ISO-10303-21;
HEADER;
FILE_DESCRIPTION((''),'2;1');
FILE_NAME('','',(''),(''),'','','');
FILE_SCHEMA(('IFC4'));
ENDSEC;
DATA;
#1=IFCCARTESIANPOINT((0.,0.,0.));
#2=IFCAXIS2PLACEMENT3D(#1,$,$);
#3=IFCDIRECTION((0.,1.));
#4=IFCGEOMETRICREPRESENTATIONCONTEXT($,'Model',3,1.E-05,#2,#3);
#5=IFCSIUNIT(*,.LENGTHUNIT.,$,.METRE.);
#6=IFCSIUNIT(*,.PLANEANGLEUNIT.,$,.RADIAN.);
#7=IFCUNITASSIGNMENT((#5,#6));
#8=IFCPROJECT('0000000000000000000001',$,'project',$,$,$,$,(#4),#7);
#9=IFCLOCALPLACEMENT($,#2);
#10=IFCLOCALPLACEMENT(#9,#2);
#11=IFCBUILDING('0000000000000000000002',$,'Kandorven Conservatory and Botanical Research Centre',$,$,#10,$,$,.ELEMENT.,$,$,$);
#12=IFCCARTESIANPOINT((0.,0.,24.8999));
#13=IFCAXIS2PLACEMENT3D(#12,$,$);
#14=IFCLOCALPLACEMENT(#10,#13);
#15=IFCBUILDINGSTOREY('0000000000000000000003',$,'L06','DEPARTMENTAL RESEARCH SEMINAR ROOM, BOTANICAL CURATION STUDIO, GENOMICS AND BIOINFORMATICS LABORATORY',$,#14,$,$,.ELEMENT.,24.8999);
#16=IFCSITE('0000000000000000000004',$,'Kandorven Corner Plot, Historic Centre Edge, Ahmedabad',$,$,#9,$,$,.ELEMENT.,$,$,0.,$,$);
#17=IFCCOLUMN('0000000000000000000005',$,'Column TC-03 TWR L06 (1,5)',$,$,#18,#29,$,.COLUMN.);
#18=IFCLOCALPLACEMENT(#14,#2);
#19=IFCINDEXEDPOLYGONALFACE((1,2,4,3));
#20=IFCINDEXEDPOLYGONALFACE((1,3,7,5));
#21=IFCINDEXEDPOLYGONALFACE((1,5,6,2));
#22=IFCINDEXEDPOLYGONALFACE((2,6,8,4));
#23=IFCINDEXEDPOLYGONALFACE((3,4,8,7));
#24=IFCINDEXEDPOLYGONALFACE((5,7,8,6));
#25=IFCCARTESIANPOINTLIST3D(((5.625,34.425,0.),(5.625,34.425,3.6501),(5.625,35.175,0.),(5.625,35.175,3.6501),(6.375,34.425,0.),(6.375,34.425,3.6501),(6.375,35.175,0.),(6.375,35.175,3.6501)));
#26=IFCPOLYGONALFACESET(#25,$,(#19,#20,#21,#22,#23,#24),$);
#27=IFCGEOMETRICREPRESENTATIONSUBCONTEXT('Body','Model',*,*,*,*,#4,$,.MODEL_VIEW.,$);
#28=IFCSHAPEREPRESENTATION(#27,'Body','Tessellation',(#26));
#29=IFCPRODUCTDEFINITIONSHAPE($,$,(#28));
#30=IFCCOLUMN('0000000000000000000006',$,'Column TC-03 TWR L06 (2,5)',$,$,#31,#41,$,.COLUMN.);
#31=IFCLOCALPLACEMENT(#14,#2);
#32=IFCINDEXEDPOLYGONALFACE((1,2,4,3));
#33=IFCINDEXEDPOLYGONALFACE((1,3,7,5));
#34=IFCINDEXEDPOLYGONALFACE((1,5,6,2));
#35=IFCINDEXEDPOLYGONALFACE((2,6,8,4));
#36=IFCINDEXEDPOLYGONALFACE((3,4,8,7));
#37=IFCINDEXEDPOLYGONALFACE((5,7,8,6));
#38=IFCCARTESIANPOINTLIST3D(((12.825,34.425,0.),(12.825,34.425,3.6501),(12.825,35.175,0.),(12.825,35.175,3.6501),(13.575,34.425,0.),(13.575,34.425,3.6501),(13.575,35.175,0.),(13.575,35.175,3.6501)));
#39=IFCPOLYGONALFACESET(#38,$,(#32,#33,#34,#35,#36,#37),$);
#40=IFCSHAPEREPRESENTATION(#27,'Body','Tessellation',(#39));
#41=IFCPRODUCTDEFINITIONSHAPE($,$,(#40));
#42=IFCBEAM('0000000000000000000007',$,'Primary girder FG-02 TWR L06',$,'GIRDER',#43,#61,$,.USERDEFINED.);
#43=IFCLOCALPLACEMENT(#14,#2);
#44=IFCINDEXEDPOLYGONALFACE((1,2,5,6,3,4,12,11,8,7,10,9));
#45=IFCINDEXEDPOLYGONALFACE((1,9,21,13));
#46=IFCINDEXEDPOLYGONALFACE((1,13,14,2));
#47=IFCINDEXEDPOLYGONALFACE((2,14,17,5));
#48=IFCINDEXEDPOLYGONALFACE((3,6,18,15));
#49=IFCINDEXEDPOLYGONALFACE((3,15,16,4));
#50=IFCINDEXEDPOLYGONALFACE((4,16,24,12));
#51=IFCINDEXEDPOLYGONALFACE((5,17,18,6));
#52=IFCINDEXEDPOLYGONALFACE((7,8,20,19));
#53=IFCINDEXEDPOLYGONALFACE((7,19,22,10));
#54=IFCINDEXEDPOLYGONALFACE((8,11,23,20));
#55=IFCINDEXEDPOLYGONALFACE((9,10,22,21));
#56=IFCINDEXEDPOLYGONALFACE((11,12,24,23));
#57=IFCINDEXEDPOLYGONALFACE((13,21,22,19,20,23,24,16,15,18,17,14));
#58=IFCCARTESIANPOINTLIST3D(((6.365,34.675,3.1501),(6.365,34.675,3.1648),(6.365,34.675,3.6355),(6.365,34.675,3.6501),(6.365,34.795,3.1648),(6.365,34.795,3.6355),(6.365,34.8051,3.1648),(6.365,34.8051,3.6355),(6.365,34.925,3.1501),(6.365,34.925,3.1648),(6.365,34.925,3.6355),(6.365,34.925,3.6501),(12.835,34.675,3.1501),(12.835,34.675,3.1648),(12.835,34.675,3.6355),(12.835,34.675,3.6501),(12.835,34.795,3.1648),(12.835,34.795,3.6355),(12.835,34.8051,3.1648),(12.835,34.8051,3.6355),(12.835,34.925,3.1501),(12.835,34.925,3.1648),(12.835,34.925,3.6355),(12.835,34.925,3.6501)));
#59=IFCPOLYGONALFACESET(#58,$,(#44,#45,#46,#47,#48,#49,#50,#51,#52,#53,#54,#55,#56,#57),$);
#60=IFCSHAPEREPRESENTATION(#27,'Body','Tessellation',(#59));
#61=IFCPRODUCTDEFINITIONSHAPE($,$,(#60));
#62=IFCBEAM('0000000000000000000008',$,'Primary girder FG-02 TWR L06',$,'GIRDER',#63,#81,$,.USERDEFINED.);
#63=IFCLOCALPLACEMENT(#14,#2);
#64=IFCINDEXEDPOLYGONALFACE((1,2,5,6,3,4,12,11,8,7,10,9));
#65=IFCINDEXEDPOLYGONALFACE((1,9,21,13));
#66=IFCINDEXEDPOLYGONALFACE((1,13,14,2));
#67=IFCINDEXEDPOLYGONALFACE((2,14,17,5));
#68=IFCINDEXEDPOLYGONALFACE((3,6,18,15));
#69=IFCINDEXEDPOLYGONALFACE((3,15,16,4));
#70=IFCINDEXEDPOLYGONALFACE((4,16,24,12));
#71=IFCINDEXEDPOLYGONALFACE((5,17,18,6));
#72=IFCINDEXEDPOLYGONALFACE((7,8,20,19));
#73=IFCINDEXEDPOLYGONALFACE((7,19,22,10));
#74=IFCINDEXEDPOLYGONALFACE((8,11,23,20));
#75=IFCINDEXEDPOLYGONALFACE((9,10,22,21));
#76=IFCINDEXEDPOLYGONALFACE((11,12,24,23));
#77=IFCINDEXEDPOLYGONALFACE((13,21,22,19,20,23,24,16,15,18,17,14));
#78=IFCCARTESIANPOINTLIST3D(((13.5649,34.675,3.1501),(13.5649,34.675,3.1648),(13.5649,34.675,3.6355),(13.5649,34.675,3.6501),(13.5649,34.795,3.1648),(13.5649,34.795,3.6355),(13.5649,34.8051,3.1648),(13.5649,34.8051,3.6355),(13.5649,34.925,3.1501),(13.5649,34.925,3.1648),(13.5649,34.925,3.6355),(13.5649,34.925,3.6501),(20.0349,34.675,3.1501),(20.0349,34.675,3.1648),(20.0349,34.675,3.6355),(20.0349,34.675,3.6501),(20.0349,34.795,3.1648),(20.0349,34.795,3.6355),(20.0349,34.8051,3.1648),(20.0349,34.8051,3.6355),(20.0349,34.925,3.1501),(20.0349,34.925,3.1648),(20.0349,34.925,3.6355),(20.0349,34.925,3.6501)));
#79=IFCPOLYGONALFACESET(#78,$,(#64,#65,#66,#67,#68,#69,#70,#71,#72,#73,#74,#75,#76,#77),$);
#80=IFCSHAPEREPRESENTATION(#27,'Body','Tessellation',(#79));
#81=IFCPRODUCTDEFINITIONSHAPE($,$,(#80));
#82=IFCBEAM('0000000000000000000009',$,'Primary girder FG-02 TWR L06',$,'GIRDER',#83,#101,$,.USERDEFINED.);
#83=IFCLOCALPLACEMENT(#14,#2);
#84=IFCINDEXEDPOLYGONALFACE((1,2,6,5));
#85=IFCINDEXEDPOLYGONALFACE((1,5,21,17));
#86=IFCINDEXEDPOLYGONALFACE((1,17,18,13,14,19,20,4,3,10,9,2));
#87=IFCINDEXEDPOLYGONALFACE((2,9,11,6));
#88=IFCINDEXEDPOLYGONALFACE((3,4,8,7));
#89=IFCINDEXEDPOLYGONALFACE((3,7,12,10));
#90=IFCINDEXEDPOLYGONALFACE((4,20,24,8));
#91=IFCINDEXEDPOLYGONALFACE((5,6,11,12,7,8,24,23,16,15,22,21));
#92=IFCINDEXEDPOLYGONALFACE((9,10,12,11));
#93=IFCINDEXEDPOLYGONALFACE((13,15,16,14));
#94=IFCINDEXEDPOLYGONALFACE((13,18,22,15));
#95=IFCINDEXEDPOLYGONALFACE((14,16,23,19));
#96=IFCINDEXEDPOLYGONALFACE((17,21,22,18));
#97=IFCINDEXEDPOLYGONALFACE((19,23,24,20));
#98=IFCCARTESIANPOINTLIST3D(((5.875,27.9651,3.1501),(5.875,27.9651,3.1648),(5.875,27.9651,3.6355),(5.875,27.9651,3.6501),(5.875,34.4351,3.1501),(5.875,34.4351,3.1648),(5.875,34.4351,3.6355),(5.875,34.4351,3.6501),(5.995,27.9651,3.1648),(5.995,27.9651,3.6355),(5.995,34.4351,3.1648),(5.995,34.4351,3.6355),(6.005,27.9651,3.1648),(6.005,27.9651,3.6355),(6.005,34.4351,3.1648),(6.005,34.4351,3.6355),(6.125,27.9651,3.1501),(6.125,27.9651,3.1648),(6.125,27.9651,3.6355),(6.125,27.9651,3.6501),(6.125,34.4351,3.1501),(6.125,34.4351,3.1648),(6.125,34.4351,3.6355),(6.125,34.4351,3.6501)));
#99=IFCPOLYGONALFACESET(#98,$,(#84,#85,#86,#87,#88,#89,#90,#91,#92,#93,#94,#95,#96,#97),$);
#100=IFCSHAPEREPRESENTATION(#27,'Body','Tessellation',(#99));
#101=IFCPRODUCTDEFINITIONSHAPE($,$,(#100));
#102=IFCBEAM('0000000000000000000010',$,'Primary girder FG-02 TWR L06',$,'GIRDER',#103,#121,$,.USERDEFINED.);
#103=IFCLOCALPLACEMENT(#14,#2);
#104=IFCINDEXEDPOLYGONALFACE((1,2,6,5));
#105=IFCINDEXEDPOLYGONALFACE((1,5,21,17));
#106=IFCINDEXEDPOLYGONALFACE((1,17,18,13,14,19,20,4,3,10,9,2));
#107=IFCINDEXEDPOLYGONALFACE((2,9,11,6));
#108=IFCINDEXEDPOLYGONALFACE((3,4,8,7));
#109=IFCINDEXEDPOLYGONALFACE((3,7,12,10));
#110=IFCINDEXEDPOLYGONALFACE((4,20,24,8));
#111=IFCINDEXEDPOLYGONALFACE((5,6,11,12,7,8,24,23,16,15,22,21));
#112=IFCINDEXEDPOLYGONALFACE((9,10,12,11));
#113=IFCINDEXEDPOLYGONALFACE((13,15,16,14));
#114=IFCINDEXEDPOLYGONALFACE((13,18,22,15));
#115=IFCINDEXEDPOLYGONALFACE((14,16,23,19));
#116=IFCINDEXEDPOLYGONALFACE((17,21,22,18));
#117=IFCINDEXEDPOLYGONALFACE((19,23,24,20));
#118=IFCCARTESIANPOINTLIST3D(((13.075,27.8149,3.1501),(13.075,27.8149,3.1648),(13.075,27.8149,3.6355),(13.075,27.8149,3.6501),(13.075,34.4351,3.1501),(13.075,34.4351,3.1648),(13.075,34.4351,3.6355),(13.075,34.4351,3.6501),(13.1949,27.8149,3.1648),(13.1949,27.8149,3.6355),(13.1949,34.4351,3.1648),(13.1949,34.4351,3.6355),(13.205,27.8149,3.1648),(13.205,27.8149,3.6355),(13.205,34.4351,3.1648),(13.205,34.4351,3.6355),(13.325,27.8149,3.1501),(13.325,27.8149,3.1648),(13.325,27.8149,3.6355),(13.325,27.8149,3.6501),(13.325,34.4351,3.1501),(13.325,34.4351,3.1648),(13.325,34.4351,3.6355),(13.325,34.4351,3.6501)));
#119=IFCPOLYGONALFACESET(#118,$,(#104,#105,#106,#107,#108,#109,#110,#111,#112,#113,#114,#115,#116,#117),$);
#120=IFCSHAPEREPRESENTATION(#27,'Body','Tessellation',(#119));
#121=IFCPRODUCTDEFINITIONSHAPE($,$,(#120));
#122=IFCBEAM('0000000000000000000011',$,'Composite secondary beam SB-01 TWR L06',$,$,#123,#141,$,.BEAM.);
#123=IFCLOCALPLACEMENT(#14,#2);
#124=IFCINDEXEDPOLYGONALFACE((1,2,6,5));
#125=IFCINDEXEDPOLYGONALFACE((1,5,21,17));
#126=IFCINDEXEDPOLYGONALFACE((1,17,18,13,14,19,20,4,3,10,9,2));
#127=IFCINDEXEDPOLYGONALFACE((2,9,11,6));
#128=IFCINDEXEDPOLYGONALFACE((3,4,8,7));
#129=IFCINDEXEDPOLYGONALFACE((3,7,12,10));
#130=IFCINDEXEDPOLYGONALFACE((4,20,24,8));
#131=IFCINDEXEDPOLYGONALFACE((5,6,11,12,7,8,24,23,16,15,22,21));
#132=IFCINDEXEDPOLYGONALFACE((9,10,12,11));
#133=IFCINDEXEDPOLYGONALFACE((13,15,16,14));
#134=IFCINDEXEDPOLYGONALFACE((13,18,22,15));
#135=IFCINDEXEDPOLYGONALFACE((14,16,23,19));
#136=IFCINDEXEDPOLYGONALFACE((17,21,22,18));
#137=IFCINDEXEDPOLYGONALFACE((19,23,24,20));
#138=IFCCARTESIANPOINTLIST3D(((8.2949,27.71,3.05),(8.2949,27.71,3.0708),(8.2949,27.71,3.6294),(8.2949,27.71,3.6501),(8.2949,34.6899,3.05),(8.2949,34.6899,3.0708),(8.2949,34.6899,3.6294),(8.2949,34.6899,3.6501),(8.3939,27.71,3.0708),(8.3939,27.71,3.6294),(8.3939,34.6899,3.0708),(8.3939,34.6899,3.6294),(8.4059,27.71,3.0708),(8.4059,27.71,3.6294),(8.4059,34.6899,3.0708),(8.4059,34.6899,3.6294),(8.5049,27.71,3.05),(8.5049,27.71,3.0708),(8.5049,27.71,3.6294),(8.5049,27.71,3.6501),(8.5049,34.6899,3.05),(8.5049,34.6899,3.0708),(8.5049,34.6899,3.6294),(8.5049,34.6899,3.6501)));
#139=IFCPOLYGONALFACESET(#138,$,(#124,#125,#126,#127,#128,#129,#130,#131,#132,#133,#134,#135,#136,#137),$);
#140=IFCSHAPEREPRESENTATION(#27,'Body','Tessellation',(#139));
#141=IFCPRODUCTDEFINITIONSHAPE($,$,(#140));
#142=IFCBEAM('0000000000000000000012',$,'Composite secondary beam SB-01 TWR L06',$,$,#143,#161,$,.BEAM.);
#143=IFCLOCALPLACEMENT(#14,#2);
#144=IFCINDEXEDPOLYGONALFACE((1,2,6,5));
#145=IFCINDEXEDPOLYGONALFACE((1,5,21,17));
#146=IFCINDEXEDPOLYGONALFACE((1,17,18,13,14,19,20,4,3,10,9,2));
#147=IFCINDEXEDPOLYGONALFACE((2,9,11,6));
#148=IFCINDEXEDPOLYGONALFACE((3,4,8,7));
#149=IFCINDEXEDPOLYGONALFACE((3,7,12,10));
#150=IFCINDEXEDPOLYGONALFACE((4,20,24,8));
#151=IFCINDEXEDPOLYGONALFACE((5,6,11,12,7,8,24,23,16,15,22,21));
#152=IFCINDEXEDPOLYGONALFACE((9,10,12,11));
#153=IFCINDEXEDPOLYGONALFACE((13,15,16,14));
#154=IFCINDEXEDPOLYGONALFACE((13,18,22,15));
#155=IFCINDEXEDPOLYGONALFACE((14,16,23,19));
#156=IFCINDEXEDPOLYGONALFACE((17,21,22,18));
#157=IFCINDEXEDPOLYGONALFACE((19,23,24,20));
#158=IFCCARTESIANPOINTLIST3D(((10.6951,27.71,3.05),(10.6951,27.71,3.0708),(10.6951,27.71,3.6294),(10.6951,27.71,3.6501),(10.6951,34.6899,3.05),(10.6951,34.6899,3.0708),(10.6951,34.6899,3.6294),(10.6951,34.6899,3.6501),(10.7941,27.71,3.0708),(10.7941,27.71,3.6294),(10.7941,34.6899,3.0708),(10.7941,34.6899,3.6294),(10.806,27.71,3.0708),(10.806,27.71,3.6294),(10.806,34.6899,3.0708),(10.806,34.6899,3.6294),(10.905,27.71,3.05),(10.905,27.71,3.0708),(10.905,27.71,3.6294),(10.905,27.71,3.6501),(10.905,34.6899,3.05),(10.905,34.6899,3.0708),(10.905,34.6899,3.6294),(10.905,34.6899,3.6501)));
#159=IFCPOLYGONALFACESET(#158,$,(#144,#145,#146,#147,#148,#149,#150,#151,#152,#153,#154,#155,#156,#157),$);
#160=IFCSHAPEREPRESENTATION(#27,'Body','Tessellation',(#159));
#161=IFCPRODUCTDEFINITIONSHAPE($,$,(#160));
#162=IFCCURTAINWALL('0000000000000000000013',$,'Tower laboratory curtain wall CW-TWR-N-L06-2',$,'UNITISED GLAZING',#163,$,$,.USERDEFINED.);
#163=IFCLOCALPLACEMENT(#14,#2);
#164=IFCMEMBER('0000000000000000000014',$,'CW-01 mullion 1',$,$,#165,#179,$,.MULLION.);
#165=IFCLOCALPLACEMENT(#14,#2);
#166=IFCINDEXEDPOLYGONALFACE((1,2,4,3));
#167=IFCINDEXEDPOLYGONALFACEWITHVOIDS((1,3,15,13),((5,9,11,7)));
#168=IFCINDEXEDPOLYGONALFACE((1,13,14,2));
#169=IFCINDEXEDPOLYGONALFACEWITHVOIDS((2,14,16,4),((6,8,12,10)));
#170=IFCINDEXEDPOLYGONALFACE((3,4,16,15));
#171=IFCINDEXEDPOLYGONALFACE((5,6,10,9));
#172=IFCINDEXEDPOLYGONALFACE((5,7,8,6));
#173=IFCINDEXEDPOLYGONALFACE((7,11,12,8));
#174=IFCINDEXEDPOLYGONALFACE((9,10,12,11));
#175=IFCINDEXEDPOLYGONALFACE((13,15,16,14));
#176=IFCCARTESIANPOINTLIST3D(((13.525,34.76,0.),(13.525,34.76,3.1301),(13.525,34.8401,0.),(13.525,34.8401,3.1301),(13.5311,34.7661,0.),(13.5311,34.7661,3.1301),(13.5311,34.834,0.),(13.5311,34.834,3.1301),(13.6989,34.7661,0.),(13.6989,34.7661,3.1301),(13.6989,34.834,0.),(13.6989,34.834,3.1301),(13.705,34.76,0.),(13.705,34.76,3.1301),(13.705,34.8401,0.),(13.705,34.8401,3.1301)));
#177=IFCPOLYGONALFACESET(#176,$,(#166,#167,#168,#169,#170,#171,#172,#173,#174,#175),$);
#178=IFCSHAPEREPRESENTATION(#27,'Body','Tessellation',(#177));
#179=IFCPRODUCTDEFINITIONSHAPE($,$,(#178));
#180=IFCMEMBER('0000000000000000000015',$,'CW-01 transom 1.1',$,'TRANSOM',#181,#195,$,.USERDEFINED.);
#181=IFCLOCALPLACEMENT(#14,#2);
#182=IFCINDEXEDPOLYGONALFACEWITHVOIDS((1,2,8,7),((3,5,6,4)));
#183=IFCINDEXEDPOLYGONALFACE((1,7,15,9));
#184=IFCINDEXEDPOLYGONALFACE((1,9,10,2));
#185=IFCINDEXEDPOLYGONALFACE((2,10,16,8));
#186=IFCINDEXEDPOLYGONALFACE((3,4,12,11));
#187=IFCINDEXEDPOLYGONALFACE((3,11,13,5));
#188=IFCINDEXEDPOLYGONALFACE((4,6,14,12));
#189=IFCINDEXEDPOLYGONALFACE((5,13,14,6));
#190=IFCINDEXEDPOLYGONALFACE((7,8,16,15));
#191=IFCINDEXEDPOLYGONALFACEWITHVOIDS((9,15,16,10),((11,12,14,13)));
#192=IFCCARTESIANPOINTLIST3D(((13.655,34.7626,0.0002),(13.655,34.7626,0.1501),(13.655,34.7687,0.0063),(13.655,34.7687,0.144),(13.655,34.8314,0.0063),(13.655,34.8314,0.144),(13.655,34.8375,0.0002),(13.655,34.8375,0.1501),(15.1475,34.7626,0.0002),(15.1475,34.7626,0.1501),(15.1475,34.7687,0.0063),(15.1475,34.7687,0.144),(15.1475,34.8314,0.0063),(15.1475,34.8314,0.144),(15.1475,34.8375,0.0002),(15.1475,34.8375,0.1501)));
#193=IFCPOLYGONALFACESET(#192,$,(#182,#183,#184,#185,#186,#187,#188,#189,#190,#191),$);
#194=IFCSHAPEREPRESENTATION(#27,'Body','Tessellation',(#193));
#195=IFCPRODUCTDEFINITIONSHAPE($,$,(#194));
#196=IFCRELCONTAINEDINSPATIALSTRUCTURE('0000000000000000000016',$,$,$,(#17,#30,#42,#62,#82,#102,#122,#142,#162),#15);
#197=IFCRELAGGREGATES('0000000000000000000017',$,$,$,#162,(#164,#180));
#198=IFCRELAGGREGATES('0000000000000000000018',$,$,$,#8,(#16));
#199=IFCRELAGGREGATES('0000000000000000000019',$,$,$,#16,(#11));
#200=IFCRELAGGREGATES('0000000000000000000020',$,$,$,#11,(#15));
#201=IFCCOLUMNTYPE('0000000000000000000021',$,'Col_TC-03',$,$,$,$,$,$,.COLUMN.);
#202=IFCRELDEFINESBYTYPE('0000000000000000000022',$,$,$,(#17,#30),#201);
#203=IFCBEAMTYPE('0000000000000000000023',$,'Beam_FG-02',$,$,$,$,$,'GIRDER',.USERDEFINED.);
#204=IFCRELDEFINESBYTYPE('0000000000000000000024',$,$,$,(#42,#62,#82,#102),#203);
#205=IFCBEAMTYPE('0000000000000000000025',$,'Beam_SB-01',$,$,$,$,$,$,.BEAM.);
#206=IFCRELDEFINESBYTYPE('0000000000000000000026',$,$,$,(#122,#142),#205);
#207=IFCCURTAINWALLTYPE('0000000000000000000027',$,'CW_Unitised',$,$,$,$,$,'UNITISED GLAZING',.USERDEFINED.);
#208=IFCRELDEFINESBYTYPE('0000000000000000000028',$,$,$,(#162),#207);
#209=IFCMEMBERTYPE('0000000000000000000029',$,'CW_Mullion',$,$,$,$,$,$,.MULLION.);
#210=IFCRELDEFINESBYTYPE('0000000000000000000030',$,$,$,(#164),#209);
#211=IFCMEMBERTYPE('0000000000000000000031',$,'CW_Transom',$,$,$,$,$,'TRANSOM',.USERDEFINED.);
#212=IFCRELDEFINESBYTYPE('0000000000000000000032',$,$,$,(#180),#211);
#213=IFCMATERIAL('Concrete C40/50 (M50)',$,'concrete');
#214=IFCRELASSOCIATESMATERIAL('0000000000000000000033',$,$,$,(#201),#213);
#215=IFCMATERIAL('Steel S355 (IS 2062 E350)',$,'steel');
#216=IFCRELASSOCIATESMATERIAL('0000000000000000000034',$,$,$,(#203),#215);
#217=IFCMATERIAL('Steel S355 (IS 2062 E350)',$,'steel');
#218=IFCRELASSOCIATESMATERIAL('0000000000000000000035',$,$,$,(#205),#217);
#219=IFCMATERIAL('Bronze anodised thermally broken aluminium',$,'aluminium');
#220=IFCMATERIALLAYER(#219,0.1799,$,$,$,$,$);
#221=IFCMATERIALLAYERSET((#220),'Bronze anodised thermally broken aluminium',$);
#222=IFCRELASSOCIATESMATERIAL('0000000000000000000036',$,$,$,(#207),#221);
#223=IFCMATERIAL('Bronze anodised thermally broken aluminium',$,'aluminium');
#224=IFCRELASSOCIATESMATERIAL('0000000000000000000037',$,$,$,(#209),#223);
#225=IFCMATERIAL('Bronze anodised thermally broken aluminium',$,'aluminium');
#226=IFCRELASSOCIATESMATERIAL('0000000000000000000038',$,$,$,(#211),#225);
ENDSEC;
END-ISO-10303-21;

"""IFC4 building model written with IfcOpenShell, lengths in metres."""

from ifc_helpers import new_model, si_unit, direction, frame, origin, origin_2d, place, context, subcontext, project, spatial, rectangle, hollow_rectangle, i_section, extrude, material, layer, layer_set, material_profile, profile_set, type_object, element, aggregate, save


model = new_model("IFC4")

# Units and contexts
model_context = context("Model", 3, precision=1e-05, world=origin(), true_north=direction((0.0, 1.0)))
body_context = subcontext(model_context, "Body", "Model", "MODEL_VIEW")
ifc_project = project(units=[si_unit("LENGTHUNIT", "METRE"), si_unit("PLANEANGLEUNIT", "RADIAN")], contexts=[model_context])

# Site, building, storey
site_placement = place(None, origin())
site = spatial("IfcSite", under=ifc_project, at=site_placement, Name="Kandorven Corner Plot, Historic Centre Edge, Ahmedabad", CompositionType="ELEMENT", RefElevation=0.0)
building_placement = place(site_placement, origin())
building = spatial("IfcBuilding", under=site, at=building_placement, Name="Kandorven Conservatory and Botanical Research Centre", CompositionType="ELEMENT")
storey_placement = place(building_placement, frame((0.0, 0.0, 24.8999)))
storey = spatial("IfcBuildingStorey", under=building, at=storey_placement, Name="L06", Description="DEPARTMENTAL RESEARCH SEMINAR ROOM, BOTANICAL CURATION STUDIO, GENOMICS AND BIOINFORMATICS LABORATORY", CompositionType="ELEMENT", Elevation=24.8999)

# Columns
ifc_material_1 = material(Name="Concrete C40/50 (M50)", Category="concrete")
ifc_material_profile_1 = material_profile(ifc_material_1, rectangle(XDim=0.75, YDim=0.75, at=origin_2d()))
ifc_profile_set_1 = profile_set([ifc_material_profile_1], Name="Concrete C40/50 (M50)")
column_type = type_object("IfcColumnType", Name="Col_TC-03", PredefinedType="COLUMN", material=ifc_profile_set_1)
for number, where, z_axis, x_axis, name in (
    (1, (6.0, 34.8, 0.0), (0.0, 0.0, 1.0), (1.0, 0.0, 0.0), "Column TC-03 TWR L06 (1,5)"),
    (2, (13.2, 34.8, 0.0), (0.0, 0.0, 1.0), (1.0, 0.0, 0.0), "Column TC-03 TWR L06 (2,5)"),
):
    element("IfcColumn", number, at=place(storey_placement, frame(where, z_axis=z_axis, x_axis=x_axis)), inside=storey, type_object=column_type, Name=name, PredefinedType="COLUMN", context=body_context, shape_type="SweptSolid", body=[
        extrude(rectangle(XDim=0.75, YDim=0.75, at=origin_2d()), origin(), (0.0, 0.0, 1.0), 3.6501),
    ])

# Beams
ifc_material_2 = material(Name="Steel S355 (IS 2062 E350)", Category="steel")
ifc_material_profile_2 = material_profile(ifc_material_2, i_section(OverallWidth=0.25, OverallDepth=0.5, WebThickness=0.01, FlangeThickness=0.0146, at=origin_2d()))
ifc_profile_set_2 = profile_set([ifc_material_profile_2], Name="Steel S355 (IS 2062 E350)")
beam_type_1 = type_object("IfcBeamType", Name="Beam_FG-02", ElementType="GIRDER", PredefinedType="USERDEFINED", material=ifc_profile_set_2)
for number, where, z_axis, x_axis, name in (
    (3, (6.365, 34.8, 3.4001), (1.0, 0.0, 0.0), (0.0, 1.0, 0.0), "Primary girder FG-02 TWR L06"),
    (4, (13.5649, 34.8, 3.4001), (1.0, 0.0, 0.0), (0.0, 1.0, 0.0), "Primary girder FG-02 TWR L06"),
    (5, (6.0, 27.9651, 3.4001), (0.0, 1.0, 0.0), (-1.0, 0.0, 0.0), "Primary girder FG-02 TWR L06"),
):
    element("IfcBeam", number, at=place(storey_placement, frame(where, z_axis=z_axis, x_axis=x_axis)), inside=storey, type_object=beam_type_1, Name=name, ObjectType="GIRDER", PredefinedType="USERDEFINED", context=body_context, shape_type="SweptSolid", body=[
        extrude(i_section(OverallWidth=0.25, OverallDepth=0.5, WebThickness=0.01, FlangeThickness=0.0146, at=origin_2d()), origin(), (0.0, 0.0, 1.0), 6.47),
    ])
beam_placement = place(storey_placement, frame((13.2, 27.8149, 3.4001), z_axis=(0.0, 1.0, 0.0), x_axis=(-1.0, 0.0, 0.0)))
element("IfcBeam", 6, at=beam_placement, inside=storey, type_object=beam_type_1, Name="Primary girder FG-02 TWR L06", ObjectType="GIRDER", PredefinedType="USERDEFINED", context=body_context, shape_type="SweptSolid", body=[
    extrude(i_section(OverallWidth=0.25, OverallDepth=0.5, WebThickness=0.01, FlangeThickness=0.0146, at=origin_2d()), origin(), (0.0, 0.0, 1.0), 6.6201),
])
ifc_material_3 = material(Name="Steel S355 (IS 2062 E350)", Category="steel")
ifc_material_profile_3 = material_profile(ifc_material_3, i_section(OverallWidth=0.21, OverallDepth=0.6001, WebThickness=0.012, FlangeThickness=0.0208, at=origin_2d()))
ifc_profile_set_3 = profile_set([ifc_material_profile_3], Name="Steel S355 (IS 2062 E350)")
beam_type_2 = type_object("IfcBeamType", Name="Beam_SB-01", PredefinedType="BEAM", material=ifc_profile_set_3)
for number, where, z_axis, x_axis, name in (
    (7, (8.3999, 27.71, 3.3501), (0.0, 1.0, 0.0), (-1.0, 0.0, 0.0), "Composite secondary beam SB-01 TWR L06"),
    (8, (10.8, 27.71, 3.3501), (0.0, 1.0, 0.0), (-1.0, 0.0, 0.0), "Composite secondary beam SB-01 TWR L06"),
):
    element("IfcBeam", number, at=place(storey_placement, frame(where, z_axis=z_axis, x_axis=x_axis)), inside=storey, type_object=beam_type_2, Name=name, PredefinedType="BEAM", context=body_context, shape_type="SweptSolid", body=[
        extrude(i_section(OverallWidth=0.21, OverallDepth=0.6001, WebThickness=0.012, FlangeThickness=0.0208, at=origin_2d()), origin(), (0.0, 0.0, 1.0), 6.98),
    ])

# Curtain wall, members
ifc_material_4 = material(Name="Bronze anodised thermally broken aluminium", Category="aluminium")
ifc_layer_1 = layer(ifc_material_4, 0.1799)
ifc_layer_set_1 = layer_set([ifc_layer_1], Name="Bronze anodised thermally broken aluminium")
curtain_wall_type = type_object("IfcCurtainWallType", Name="CW_Unitised", ElementType="UNITISED GLAZING", PredefinedType="USERDEFINED", material=ifc_layer_set_1)
curtain_wall_placement = place(storey_placement, origin())
curtain_wall = element("IfcCurtainWall", 9, at=curtain_wall_placement, inside=storey, type_object=curtain_wall_type, Name="Tower laboratory curtain wall CW-TWR-N-L06-2", ObjectType="UNITISED GLAZING", PredefinedType="USERDEFINED")
ifc_material_5 = material(Name="Bronze anodised thermally broken aluminium", Category="aluminium")
ifc_material_profile_4 = material_profile(ifc_material_5, hollow_rectangle(XDim=0.0801, YDim=0.1799, WallThickness=0.0061, at=origin_2d()))
ifc_profile_set_4 = profile_set([ifc_material_profile_4], Name="Bronze anodised thermally broken aluminium")
member_type_1 = type_object("IfcMemberType", Name="CW_Mullion", PredefinedType="MULLION", material=ifc_profile_set_4)
member_1_placement = place(storey_placement, frame((13.615, 34.8, 0.0), z_axis=(0.0, 0.0, 1.0), x_axis=(0.0, 1.0, 0.0)))
member_1 = element("IfcMember", 10, at=member_1_placement, type_object=member_type_1, Name="CW-01 mullion 1", PredefinedType="MULLION", context=body_context, shape_type="SweptSolid", body=[
    extrude(hollow_rectangle(XDim=0.0801, YDim=0.1799, WallThickness=0.0061, at=origin_2d()), origin(), (0.0, 0.0, 1.0), 3.1301),
])
ifc_material_6 = material(Name="Bronze anodised thermally broken aluminium", Category="aluminium")
ifc_material_profile_5 = material_profile(ifc_material_6, hollow_rectangle(XDim=0.075, YDim=0.1499, WallThickness=0.0061, at=origin_2d()))
ifc_profile_set_5 = profile_set([ifc_material_profile_5], Name="Bronze anodised thermally broken aluminium")
member_type_2 = type_object("IfcMemberType", Name="CW_Transom", ElementType="TRANSOM", PredefinedType="USERDEFINED", material=ifc_profile_set_5)
member_2_placement = place(storey_placement, frame((13.655, 34.8, 0.0752), z_axis=(1.0, 0.0, 0.0), x_axis=(0.0, 1.0, 0.0)))
member_2 = element("IfcMember", 11, at=member_2_placement, type_object=member_type_2, Name="CW-01 transom 1.1", ObjectType="TRANSOM", PredefinedType="USERDEFINED", context=body_context, shape_type="SweptSolid", body=[
    extrude(hollow_rectangle(XDim=0.075, YDim=0.1499, WallThickness=0.0061, at=origin_2d()), origin(), (0.0, 0.0, 1.0), 1.4924),
])
aggregate(curtain_wall, [member_1, member_2])

save(model, "model.ifc")
